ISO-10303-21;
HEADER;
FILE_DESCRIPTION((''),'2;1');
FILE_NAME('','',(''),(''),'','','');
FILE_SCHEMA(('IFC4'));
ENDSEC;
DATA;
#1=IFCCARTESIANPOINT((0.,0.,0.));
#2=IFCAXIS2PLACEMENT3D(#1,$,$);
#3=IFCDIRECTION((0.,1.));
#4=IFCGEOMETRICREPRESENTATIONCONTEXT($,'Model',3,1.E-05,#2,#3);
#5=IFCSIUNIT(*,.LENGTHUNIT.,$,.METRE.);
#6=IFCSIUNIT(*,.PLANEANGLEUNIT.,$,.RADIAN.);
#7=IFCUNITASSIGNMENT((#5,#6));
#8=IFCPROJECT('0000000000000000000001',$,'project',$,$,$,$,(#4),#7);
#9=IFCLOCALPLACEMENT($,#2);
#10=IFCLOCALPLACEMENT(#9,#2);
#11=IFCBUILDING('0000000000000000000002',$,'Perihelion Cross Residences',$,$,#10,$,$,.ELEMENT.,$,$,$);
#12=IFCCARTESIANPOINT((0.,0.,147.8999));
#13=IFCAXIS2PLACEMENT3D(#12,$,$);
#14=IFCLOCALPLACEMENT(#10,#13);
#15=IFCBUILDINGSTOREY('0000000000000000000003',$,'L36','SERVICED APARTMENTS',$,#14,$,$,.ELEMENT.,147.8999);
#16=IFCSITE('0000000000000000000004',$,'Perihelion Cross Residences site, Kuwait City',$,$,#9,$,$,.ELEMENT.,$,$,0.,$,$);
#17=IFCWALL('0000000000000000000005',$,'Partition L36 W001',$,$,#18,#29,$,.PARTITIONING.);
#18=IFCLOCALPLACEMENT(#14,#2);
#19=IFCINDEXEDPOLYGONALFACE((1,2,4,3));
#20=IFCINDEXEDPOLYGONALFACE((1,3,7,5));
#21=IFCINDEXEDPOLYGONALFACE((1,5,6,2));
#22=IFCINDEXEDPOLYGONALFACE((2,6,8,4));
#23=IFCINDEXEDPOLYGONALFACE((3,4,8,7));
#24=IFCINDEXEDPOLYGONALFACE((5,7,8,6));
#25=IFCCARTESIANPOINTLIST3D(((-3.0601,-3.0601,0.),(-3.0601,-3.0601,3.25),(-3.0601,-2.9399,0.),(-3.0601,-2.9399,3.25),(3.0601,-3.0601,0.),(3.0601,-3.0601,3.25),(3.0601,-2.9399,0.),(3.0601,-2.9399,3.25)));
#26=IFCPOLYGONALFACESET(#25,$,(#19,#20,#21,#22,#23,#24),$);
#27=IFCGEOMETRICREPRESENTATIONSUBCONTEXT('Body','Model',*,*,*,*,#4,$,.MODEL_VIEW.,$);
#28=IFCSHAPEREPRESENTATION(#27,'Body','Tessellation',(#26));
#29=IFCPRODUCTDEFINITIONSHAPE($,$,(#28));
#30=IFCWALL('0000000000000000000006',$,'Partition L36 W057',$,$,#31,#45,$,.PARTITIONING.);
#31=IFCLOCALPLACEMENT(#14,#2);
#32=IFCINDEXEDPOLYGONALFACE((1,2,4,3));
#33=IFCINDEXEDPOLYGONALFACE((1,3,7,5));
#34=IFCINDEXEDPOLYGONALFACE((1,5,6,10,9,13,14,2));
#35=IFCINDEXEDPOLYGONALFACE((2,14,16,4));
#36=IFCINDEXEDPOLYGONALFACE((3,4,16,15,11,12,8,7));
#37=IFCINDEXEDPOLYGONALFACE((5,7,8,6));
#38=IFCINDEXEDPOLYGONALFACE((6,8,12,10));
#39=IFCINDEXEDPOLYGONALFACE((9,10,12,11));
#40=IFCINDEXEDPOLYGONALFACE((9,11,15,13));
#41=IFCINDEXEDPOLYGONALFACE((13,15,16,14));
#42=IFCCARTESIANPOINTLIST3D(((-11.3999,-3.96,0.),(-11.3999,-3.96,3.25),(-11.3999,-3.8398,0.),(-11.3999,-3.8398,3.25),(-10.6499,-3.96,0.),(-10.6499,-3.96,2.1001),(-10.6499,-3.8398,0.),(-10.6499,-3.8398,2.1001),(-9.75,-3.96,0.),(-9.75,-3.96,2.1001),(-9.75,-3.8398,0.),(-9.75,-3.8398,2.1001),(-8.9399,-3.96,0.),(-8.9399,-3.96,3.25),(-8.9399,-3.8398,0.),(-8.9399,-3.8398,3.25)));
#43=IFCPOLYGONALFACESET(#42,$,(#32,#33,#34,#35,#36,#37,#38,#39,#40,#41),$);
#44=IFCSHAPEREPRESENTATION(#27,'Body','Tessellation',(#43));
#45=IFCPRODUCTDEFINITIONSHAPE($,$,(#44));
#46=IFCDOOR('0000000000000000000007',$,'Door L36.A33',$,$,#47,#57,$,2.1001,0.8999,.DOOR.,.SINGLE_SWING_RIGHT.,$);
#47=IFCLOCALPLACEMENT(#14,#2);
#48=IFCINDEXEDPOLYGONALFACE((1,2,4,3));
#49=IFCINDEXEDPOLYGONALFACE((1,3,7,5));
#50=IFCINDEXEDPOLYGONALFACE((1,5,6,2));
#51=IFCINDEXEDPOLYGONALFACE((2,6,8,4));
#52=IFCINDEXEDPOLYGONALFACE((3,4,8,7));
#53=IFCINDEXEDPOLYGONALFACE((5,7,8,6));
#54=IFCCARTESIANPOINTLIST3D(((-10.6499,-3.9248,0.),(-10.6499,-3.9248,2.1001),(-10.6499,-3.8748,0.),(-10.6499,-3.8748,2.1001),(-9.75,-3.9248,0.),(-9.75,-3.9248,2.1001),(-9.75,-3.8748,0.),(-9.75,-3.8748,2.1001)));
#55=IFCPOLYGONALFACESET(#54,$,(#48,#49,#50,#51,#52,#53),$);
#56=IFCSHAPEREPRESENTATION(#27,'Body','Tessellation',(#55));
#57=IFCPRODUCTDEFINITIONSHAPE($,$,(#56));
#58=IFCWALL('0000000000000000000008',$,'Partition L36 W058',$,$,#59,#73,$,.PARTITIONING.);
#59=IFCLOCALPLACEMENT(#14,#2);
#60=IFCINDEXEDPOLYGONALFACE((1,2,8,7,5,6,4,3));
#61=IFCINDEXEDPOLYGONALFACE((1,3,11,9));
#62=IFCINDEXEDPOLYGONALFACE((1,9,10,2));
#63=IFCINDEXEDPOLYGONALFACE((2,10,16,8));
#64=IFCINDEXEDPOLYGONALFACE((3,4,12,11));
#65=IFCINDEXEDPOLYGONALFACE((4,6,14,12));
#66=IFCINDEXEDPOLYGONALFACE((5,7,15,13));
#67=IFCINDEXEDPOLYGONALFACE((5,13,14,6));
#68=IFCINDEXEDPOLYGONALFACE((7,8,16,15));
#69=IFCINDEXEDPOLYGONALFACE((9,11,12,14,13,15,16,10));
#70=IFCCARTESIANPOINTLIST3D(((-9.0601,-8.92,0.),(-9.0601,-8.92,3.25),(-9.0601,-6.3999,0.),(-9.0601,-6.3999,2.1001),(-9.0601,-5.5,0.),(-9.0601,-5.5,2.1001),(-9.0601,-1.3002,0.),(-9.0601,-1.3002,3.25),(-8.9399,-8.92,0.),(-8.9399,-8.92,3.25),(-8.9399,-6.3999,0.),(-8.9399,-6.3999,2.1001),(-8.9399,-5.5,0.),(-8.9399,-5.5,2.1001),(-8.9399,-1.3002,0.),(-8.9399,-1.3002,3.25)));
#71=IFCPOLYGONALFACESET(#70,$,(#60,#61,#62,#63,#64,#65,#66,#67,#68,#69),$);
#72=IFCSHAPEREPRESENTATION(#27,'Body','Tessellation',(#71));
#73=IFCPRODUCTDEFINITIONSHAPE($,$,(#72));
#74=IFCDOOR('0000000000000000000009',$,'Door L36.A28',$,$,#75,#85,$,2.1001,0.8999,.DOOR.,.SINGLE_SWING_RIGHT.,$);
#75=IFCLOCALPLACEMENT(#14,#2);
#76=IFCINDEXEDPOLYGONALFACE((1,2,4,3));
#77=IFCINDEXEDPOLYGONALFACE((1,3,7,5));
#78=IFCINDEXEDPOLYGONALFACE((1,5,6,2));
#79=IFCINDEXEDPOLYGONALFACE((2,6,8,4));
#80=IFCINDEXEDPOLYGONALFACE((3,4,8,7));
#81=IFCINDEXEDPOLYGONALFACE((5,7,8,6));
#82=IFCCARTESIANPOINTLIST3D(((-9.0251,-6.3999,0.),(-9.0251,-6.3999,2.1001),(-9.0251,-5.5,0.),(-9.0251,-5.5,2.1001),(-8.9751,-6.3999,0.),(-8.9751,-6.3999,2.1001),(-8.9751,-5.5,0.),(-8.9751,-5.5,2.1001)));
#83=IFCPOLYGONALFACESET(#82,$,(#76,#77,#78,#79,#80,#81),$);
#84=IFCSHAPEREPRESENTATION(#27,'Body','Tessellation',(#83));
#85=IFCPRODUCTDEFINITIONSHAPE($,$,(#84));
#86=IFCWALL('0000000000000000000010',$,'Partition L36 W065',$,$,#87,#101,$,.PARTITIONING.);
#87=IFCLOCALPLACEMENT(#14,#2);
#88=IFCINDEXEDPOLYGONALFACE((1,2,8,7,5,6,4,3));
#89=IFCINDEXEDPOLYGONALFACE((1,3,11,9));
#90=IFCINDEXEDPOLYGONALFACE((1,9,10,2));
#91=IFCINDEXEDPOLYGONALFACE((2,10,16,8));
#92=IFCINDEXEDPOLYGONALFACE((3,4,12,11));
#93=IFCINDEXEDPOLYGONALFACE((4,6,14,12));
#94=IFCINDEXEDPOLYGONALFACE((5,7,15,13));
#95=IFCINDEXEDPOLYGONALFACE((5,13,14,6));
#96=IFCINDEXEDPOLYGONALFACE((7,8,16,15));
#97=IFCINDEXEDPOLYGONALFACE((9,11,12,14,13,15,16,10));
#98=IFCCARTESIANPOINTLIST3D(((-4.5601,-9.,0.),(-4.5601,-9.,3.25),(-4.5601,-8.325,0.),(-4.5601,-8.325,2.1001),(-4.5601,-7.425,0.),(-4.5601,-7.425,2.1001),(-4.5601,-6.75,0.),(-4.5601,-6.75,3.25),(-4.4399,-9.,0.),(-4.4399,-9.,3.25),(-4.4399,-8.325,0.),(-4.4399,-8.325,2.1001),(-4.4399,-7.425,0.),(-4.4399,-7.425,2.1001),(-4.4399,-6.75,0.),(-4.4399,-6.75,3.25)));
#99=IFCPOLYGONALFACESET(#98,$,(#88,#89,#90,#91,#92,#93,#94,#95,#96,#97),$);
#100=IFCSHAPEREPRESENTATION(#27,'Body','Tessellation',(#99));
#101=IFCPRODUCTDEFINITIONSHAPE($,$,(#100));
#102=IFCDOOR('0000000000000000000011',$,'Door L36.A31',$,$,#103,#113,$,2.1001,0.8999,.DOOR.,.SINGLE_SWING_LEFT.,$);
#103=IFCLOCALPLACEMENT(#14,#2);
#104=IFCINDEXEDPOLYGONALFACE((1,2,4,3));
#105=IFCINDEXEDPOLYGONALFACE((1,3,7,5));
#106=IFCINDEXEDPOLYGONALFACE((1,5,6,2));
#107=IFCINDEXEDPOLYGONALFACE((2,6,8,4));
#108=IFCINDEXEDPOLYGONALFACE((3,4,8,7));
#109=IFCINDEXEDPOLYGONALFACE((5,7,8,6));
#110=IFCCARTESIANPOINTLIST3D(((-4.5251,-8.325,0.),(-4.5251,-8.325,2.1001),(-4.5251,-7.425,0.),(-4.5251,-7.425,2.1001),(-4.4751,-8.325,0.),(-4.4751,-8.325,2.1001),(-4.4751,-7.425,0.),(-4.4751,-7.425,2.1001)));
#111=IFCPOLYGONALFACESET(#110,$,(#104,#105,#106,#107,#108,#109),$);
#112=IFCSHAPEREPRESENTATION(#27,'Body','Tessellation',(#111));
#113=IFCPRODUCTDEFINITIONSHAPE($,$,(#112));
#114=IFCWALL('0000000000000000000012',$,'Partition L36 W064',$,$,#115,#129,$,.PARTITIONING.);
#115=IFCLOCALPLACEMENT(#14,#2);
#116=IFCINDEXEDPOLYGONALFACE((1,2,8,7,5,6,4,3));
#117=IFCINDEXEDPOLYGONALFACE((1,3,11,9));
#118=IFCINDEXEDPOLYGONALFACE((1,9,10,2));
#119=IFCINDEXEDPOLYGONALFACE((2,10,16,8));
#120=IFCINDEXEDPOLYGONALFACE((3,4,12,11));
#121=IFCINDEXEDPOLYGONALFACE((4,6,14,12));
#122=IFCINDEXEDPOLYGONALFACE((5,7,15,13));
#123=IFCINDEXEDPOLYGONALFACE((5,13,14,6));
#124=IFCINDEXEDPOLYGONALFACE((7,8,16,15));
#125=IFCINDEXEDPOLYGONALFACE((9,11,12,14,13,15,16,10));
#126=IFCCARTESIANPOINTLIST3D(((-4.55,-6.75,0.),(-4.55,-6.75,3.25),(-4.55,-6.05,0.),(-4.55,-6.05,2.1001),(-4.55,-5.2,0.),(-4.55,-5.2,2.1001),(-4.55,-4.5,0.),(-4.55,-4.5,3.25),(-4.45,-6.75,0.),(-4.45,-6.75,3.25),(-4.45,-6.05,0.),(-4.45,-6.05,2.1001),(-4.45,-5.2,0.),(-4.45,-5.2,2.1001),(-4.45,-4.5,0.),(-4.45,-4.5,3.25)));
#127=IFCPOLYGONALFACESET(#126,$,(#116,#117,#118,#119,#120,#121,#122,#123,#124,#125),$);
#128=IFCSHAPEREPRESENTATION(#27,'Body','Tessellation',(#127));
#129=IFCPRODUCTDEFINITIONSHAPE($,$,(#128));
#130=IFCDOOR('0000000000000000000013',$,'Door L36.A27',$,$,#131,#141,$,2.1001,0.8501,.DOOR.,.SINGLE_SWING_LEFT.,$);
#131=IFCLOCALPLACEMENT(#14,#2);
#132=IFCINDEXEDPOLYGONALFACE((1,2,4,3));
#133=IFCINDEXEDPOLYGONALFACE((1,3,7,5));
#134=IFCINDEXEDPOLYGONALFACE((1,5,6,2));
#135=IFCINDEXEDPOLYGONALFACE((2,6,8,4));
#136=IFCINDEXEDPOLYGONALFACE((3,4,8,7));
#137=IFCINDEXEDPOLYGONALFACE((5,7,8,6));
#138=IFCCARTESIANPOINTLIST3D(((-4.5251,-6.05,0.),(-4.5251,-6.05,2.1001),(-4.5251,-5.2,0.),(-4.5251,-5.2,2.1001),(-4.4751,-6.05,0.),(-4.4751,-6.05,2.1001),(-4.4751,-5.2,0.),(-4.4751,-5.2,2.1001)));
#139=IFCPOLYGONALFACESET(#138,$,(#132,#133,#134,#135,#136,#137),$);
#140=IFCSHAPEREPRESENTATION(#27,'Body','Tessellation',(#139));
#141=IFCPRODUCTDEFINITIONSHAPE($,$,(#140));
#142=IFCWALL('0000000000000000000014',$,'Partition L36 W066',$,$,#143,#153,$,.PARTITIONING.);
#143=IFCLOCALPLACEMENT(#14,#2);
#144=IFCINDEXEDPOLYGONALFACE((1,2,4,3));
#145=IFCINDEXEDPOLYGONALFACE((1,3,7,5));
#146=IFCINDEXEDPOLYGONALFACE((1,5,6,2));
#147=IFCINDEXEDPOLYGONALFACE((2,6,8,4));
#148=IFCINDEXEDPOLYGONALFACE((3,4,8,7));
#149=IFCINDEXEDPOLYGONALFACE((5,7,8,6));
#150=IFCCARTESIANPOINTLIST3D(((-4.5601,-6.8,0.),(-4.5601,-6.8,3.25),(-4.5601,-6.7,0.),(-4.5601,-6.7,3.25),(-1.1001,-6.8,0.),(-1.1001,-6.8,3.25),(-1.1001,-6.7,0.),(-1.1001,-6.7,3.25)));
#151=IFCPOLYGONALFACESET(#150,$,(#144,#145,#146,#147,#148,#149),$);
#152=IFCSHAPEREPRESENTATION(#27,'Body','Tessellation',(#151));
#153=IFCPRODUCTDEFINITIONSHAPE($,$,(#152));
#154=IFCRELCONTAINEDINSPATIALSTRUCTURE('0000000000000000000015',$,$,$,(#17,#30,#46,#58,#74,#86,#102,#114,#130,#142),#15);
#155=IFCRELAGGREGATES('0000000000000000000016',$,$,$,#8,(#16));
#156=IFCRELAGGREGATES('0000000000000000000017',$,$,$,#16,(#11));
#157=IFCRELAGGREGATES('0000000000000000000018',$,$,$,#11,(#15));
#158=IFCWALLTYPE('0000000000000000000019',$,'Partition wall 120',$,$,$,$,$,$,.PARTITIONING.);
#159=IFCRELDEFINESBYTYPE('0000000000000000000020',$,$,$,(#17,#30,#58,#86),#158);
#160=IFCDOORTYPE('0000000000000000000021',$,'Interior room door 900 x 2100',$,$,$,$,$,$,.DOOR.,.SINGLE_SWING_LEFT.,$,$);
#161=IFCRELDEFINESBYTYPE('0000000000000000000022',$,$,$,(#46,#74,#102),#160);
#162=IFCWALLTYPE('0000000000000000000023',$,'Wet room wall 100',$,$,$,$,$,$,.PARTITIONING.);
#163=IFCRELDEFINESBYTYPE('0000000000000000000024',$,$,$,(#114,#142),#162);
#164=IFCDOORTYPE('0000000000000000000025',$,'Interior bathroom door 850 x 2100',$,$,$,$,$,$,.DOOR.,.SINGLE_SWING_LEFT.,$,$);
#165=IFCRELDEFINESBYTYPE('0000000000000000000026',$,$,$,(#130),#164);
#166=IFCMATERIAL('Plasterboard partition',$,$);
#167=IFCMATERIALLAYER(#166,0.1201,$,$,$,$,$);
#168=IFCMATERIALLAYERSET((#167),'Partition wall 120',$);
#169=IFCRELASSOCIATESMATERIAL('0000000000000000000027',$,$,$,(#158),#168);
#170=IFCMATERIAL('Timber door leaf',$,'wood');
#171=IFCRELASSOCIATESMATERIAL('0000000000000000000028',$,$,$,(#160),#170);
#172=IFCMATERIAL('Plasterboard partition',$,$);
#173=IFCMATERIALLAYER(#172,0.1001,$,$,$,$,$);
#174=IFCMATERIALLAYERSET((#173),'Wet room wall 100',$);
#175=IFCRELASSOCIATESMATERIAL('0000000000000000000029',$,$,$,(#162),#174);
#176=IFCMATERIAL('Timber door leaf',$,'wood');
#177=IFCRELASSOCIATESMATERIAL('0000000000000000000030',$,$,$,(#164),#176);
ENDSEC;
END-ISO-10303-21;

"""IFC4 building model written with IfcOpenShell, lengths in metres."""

from ifc_helpers import new_model, si_unit, direction, frame, frame_2d, origin, place, context, subcontext, project, spatial, rectangle, extrude, material, layer, layer_set, type_object, element, fill, save


model = new_model("IFC4")

# Units and contexts
model_context = context("Model", 3, precision=1e-05, world=origin(), true_north=direction((0.0, 1.0)))
body_context = subcontext(model_context, "Body", "Model", "MODEL_VIEW")
ifc_project = project(units=[si_unit("LENGTHUNIT", "METRE"), si_unit("PLANEANGLEUNIT", "RADIAN")], contexts=[model_context])

# Site, building, storey
site_placement = place(None, origin())
site = spatial("IfcSite", under=ifc_project, at=site_placement, Name="Perihelion Cross Residences site, Kuwait City", CompositionType="ELEMENT", RefElevation=0.0)
building_placement = place(site_placement, origin())
building = spatial("IfcBuilding", under=site, at=building_placement, Name="Perihelion Cross Residences", CompositionType="ELEMENT")
storey_placement = place(building_placement, frame((0.0, 0.0, 147.8999)))
storey = spatial("IfcBuildingStorey", under=building, at=storey_placement, Name="L36", Description="SERVICED APARTMENTS", CompositionType="ELEMENT", Elevation=147.8999)

# Wall
ifc_material_1 = material(Name="Plasterboard partition")
ifc_layer_1 = layer(ifc_material_1, 0.1201)
ifc_layer_set_1 = layer_set([ifc_layer_1], Name="Partition wall 120")
wall_type_1 = type_object("IfcWallType", Name="Partition wall 120", PredefinedType="PARTITIONING", material=ifc_layer_set_1)
wall_1_placement = place(storey_placement, frame((-3.0601, -3.0, 0.0), z_axis=(0.0, 0.0, 1.0), x_axis=(1.0, 0.0, 0.0)))
element("IfcWall", 1, at=wall_1_placement, inside=storey, type_object=wall_type_1, Name="Partition L36 W001", PredefinedType="PARTITIONING", context=body_context, shape_type="SweptSolid", body=[
    extrude(rectangle(XDim=6.1201, YDim=0.1201, at=frame_2d((3.0601, 0.0))), origin(), (0.0, 0.0, 1.0), 3.25),
])

# Walls, openings, doors
wall_2_placement = place(storey_placement, frame((-8.9399, -3.8999, 0.0), z_axis=(0.0, 0.0, 1.0), x_axis=(-1.0, 0.0, 0.0)))
wall_2 = element("IfcWall", 2, at=wall_2_placement, inside=storey, type_object=wall_type_1, Name="Partition L36 W057", PredefinedType="PARTITIONING", context=body_context, shape_type="SweptSolid", body=[
    extrude(rectangle(XDim=2.46, YDim=0.1201, at=frame_2d((1.23, 0.0))), origin(), (0.0, 0.0, 1.0), 3.25),
])
opening_1_placement = place(wall_2_placement, frame((0.8101, 0.0, 0.0)))
opening_1 = element("IfcOpeningElement", 3, at=opening_1_placement, cuts=wall_2, PredefinedType="OPENING", context=body_context, shape_type="SweptSolid", body=[
    extrude(rectangle(XDim=0.8999, YDim=2.1001, at=frame_2d((0.45, 1.05))), frame((0.0, 0.0701, 0.0), z_axis=(0.0, -1.0, 0.0), x_axis=(1.0, 0.0, 0.0)), (0.0, 0.0, 1.0), 0.1401),
])
ifc_material_2 = material(Name="Timber door leaf", Category="wood")
door_type_1 = type_object("IfcDoorType", Name="Interior room door 900 x 2100", OperationType="SINGLE_SWING_LEFT", PredefinedType="DOOR", material=ifc_material_2)
door_1_placement = place(opening_1_placement, origin())
door_1 = element("IfcDoor", 4, at=door_1_placement, inside=storey, type_object=door_type_1, Name="Door L36.A33", OperationType="SINGLE_SWING_RIGHT", OverallHeight=2.1001, OverallWidth=0.8999, PredefinedType="DOOR", context=body_context, shape_type="SweptSolid", body=[
    extrude(rectangle(XDim=0.8999, YDim=2.1001, at=frame_2d((0.45, 1.05))), frame((0.0, 0.0249, 0.0), z_axis=(0.0, -1.0, 0.0), x_axis=(1.0, 0.0, 0.0)), (0.0, 0.0, 1.0), 0.05),
])
fill(opening_1, door_1)
wall_3_placement = place(storey_placement, frame((-9.0, -1.3, 0.0), z_axis=(0.0, 0.0, 1.0), x_axis=(0.0, -1.0, 0.0)))
wall_3 = element("IfcWall", 5, at=wall_3_placement, inside=storey, type_object=wall_type_1, Name="Partition L36 W058", PredefinedType="PARTITIONING", context=body_context, shape_type="SweptSolid", body=[
    extrude(rectangle(XDim=7.6199, YDim=0.1201, at=frame_2d((3.8101, 0.0))), origin(), (0.0, 0.0, 1.0), 3.25),
])
opening_2_placement = place(wall_3_placement, frame((4.2, 0.0, 0.0)))
opening_2 = element("IfcOpeningElement", 6, at=opening_2_placement, cuts=wall_3, PredefinedType="OPENING", context=body_context, shape_type="SweptSolid", body=[
    extrude(rectangle(XDim=0.8999, YDim=2.1001, at=frame_2d((0.45, 1.05))), frame((0.0, 0.0701, 0.0), z_axis=(0.0, -1.0, 0.0), x_axis=(1.0, 0.0, 0.0)), (0.0, 0.0, 1.0), 0.1401),
])
door_2_placement = place(opening_2_placement, origin())
door_2 = element("IfcDoor", 7, at=door_2_placement, inside=storey, type_object=door_type_1, Name="Door L36.A28", OperationType="SINGLE_SWING_RIGHT", OverallHeight=2.1001, OverallWidth=0.8999, PredefinedType="DOOR", context=body_context, shape_type="SweptSolid", body=[
    extrude(rectangle(XDim=0.8999, YDim=2.1001, at=frame_2d((0.45, 1.05))), frame((0.0, 0.0249, 0.0), z_axis=(0.0, -1.0, 0.0), x_axis=(1.0, 0.0, 0.0)), (0.0, 0.0, 1.0), 0.05),
])
fill(opening_2, door_2)
wall_4_placement = place(storey_placement, frame((-4.5, -6.75, 0.0), z_axis=(0.0, 0.0, 1.0), x_axis=(0.0, -1.0, 0.0)))
wall_4 = element("IfcWall", 8, at=wall_4_placement, inside=storey, type_object=wall_type_1, Name="Partition L36 W065", PredefinedType="PARTITIONING", context=body_context, shape_type="SweptSolid", body=[
    extrude(rectangle(XDim=2.25, YDim=0.1201, at=frame_2d((1.125, 0.0))), origin(), (0.0, 0.0, 1.0), 3.25),
])
opening_3_placement = place(wall_4_placement, frame((0.675, 0.0, 0.0)))
opening_3 = element("IfcOpeningElement", 9, at=opening_3_placement, cuts=wall_4, PredefinedType="OPENING", context=body_context, shape_type="SweptSolid", body=[
    extrude(rectangle(XDim=0.8999, YDim=2.1001, at=frame_2d((0.45, 1.05))), frame((0.0, 0.0701, 0.0), z_axis=(0.0, -1.0, 0.0), x_axis=(1.0, 0.0, 0.0)), (0.0, 0.0, 1.0), 0.1401),
])
door_3_placement = place(opening_3_placement, origin())
door_3 = element("IfcDoor", 10, at=door_3_placement, inside=storey, type_object=door_type_1, Name="Door L36.A31", OperationType="SINGLE_SWING_LEFT", OverallHeight=2.1001, OverallWidth=0.8999, PredefinedType="DOOR", context=body_context, shape_type="SweptSolid", body=[
    extrude(rectangle(XDim=0.8999, YDim=2.1001, at=frame_2d((0.45, 1.05))), frame((0.0, 0.0249, 0.0), z_axis=(0.0, -1.0, 0.0), x_axis=(1.0, 0.0, 0.0)), (0.0, 0.0, 1.0), 0.05),
])
fill(opening_3, door_3)
ifc_material_3 = material(Name="Plasterboard partition")
ifc_layer_2 = layer(ifc_material_3, 0.1001)
ifc_layer_set_2 = layer_set([ifc_layer_2], Name="Wet room wall 100")
wall_type_2 = type_object("IfcWallType", Name="Wet room wall 100", PredefinedType="PARTITIONING", material=ifc_layer_set_2)
wall_5_placement = place(storey_placement, frame((-4.5, -4.5, 0.0), z_axis=(0.0, 0.0, 1.0), x_axis=(0.0, -1.0, 0.0)))
wall_5 = element("IfcWall", 11, at=wall_5_placement, inside=storey, type_object=wall_type_2, Name="Partition L36 W064", PredefinedType="PARTITIONING", context=body_context, shape_type="SweptSolid", body=[
    extrude(rectangle(XDim=2.25, YDim=0.1001, at=frame_2d((1.125, 0.0))), origin(), (0.0, 0.0, 1.0), 3.25),
])
opening_4_placement = place(wall_5_placement, frame((0.7, 0.0, 0.0)))
opening_4 = element("IfcOpeningElement", 12, at=opening_4_placement, cuts=wall_5, PredefinedType="OPENING", context=body_context, shape_type="SweptSolid", body=[
    extrude(rectangle(XDim=0.8501, YDim=2.1001, at=frame_2d((0.425, 1.05))), frame((0.0, 0.0601, 0.0), z_axis=(0.0, -1.0, 0.0), x_axis=(1.0, 0.0, 0.0)), (0.0, 0.0, 1.0), 0.1201),
])
ifc_material_4 = material(Name="Timber door leaf", Category="wood")
door_type_2 = type_object("IfcDoorType", Name="Interior bathroom door 850 x 2100", OperationType="SINGLE_SWING_LEFT", PredefinedType="DOOR", material=ifc_material_4)
door_4_placement = place(opening_4_placement, origin())
door_4 = element("IfcDoor", 13, at=door_4_placement, inside=storey, type_object=door_type_2, Name="Door L36.A27", OperationType="SINGLE_SWING_LEFT", OverallHeight=2.1001, OverallWidth=0.8501, PredefinedType="DOOR", context=body_context, shape_type="SweptSolid", body=[
    extrude(rectangle(XDim=0.8501, YDim=2.1001, at=frame_2d((0.425, 1.05))), frame((0.0, 0.0249, 0.0), z_axis=(0.0, -1.0, 0.0), x_axis=(1.0, 0.0, 0.0)), (0.0, 0.0, 1.0), 0.05),
])
fill(opening_4, door_4)

# Wall
wall_6_placement = place(storey_placement, frame((-1.1001, -6.75, 0.0), z_axis=(0.0, 0.0, 1.0), x_axis=(-1.0, 0.0, 0.0)))
element("IfcWall", 14, at=wall_6_placement, inside=storey, type_object=wall_type_2, Name="Partition L36 W066", PredefinedType="PARTITIONING", context=body_context, shape_type="SweptSolid", body=[
    extrude(rectangle(XDim=3.46, YDim=0.1001, at=frame_2d((1.73, 0.0))), origin(), (0.0, 0.0, 1.0), 3.25),
])

save(model, "model.ifc")
